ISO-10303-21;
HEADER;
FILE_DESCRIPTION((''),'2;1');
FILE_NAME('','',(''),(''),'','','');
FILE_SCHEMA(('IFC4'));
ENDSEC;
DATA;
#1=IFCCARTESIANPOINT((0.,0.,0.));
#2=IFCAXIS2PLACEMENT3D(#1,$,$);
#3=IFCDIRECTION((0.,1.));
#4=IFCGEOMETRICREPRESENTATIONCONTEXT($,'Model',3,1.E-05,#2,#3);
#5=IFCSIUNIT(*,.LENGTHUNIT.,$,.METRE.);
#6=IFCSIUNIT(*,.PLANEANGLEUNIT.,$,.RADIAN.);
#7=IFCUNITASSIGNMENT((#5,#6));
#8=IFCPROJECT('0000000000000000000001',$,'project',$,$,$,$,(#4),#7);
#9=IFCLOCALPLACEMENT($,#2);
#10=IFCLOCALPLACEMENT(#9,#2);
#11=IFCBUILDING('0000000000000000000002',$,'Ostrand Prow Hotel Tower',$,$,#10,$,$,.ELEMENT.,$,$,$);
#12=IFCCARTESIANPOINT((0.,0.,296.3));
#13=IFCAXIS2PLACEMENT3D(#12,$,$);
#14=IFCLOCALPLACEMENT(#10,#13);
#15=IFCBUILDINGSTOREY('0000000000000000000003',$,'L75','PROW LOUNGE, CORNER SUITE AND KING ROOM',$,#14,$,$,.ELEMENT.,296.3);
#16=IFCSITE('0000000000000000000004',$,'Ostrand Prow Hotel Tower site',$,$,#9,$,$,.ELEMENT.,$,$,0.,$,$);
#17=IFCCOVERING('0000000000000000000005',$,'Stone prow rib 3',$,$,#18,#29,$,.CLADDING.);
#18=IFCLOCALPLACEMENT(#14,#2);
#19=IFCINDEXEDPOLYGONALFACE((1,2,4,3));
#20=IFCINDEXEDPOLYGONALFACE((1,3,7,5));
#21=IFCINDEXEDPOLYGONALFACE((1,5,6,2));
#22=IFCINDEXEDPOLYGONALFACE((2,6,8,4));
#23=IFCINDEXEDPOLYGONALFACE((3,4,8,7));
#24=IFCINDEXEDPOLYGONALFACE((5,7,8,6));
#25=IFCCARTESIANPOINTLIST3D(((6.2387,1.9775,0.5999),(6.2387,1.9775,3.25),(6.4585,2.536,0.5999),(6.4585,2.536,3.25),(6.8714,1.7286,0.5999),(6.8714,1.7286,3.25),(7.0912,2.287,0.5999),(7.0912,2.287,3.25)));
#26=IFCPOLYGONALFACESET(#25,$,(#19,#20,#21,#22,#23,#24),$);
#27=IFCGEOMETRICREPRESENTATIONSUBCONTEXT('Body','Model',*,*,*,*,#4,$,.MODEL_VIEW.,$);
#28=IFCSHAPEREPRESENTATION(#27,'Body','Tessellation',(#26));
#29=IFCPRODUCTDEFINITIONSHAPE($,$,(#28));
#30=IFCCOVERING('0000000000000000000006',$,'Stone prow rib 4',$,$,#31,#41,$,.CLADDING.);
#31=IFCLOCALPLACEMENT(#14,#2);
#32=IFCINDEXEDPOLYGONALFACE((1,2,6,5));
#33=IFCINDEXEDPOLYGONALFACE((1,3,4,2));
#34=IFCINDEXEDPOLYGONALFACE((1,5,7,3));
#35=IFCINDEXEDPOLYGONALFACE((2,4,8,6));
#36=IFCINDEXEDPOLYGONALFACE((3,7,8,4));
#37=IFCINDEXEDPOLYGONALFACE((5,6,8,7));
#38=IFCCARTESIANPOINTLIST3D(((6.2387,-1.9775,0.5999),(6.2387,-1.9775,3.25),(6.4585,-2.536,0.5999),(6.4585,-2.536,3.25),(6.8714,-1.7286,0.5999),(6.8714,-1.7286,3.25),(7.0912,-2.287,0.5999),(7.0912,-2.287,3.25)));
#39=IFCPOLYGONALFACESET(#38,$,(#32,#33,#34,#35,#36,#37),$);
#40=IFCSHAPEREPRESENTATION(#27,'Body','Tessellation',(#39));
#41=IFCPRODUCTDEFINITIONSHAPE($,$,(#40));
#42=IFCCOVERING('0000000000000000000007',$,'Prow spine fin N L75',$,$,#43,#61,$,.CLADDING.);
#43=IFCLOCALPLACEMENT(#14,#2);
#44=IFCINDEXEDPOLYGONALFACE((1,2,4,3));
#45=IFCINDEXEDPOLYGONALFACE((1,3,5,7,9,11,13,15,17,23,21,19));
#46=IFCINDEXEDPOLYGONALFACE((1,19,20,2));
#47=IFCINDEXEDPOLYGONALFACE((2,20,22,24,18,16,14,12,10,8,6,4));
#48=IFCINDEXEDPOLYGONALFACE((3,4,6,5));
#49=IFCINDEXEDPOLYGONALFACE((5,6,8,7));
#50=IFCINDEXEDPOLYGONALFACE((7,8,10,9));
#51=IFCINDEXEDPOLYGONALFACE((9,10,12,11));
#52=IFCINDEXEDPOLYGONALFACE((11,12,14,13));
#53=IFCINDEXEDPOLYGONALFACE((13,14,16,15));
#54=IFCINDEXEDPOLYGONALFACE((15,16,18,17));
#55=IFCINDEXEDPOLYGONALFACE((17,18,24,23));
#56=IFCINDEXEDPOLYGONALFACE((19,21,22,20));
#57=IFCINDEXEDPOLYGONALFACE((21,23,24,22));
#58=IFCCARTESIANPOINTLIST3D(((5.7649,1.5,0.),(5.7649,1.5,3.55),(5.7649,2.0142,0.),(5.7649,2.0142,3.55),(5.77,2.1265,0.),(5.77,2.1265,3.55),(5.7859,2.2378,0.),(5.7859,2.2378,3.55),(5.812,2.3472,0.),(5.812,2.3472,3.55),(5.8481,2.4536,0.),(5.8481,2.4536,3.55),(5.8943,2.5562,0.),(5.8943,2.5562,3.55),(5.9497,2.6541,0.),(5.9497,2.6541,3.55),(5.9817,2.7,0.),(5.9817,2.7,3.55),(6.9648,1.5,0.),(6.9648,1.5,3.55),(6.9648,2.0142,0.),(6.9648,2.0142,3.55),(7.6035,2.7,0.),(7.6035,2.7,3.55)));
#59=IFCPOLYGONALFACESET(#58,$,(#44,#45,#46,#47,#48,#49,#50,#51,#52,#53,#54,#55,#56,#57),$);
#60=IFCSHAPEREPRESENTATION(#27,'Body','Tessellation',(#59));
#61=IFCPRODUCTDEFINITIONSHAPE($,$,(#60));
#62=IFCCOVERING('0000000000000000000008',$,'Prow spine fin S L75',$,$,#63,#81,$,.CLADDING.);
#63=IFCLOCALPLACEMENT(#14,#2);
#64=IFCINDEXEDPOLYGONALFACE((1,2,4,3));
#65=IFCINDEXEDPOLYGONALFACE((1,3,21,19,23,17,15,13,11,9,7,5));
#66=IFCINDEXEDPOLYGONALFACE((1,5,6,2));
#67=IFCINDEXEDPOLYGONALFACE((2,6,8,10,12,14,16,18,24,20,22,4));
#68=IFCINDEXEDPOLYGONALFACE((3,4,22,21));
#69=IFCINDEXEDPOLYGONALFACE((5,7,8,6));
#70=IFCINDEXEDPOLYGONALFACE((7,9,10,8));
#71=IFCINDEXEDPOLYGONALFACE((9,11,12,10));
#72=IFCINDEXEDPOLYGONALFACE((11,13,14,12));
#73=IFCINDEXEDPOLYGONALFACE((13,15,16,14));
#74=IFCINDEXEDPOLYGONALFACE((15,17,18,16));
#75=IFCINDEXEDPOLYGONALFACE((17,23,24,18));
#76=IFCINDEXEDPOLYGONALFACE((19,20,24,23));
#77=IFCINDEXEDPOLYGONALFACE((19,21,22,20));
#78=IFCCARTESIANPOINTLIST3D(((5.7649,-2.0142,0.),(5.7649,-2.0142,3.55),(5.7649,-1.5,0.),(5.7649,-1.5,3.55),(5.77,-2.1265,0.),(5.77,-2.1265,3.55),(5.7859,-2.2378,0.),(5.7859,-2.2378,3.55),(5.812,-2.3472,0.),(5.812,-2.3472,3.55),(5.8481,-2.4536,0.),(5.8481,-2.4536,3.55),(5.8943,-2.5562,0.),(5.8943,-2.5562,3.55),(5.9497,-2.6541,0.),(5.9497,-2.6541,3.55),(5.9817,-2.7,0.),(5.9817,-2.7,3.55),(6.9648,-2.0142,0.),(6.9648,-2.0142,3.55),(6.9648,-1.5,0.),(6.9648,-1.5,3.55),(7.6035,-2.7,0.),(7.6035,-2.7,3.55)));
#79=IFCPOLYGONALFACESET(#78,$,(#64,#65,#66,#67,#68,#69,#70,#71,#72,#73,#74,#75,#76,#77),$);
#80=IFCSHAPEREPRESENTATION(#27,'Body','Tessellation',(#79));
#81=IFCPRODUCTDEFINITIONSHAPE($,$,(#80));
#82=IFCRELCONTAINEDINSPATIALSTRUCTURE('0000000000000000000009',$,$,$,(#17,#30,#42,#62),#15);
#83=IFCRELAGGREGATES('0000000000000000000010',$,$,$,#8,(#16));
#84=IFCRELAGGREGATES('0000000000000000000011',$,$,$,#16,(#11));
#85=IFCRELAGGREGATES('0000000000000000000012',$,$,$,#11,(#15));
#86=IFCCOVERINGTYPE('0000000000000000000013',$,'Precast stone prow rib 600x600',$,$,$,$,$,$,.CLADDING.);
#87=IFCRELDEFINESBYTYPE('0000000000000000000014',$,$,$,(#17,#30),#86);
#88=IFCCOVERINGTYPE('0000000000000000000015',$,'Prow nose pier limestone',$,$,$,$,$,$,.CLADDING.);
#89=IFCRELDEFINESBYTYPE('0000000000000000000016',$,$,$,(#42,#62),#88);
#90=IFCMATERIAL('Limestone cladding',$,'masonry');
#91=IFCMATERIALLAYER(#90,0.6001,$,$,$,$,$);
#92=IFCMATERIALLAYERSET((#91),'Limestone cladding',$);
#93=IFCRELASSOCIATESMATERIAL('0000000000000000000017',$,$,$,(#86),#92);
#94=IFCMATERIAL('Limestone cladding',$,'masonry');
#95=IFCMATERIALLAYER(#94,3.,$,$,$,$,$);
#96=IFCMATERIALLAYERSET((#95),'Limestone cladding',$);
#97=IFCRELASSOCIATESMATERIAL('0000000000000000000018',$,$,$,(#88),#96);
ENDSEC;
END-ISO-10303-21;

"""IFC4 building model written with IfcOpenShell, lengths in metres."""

from ifc_helpers import new_model, si_unit, direction, frame, frame_2d, origin, place, context, subcontext, project, spatial, polyline, rectangle, outline, extrude, material, layer, layer_set, type_object, element, save


model = new_model("IFC4")

# Units and contexts
model_context = context("Model", 3, precision=1e-05, world=origin(), true_north=direction((0.0, 1.0)))
body_context = subcontext(model_context, "Body", "Model", "MODEL_VIEW")
ifc_project = project(units=[si_unit("LENGTHUNIT", "METRE"), si_unit("PLANEANGLEUNIT", "RADIAN")], contexts=[model_context])

# Site, building, storey
site_placement = place(None, origin())
site = spatial("IfcSite", under=ifc_project, at=site_placement, Name="Ostrand Prow Hotel Tower site", CompositionType="ELEMENT", RefElevation=0.0)
building_placement = place(site_placement, origin())
building = spatial("IfcBuilding", under=site, at=building_placement, Name="Ostrand Prow Hotel Tower", CompositionType="ELEMENT")
storey_placement = place(building_placement, frame((0.0, 0.0, 296.3)))
storey = spatial("IfcBuildingStorey", under=building, at=storey_placement, Name="L75", Description="PROW LOUNGE, CORNER SUITE AND KING ROOM", CompositionType="ELEMENT", Elevation=296.3)

# Coverings
ifc_material_1 = material(Name="Limestone cladding", Category="masonry")
ifc_layer_1 = layer(ifc_material_1, 0.6001)
ifc_layer_set_1 = layer_set([ifc_layer_1], Name="Limestone cladding")
covering_type_1 = type_object("IfcCoveringType", Name="Precast stone prow rib 600x600", PredefinedType="CLADDING", material=ifc_layer_set_1)
for number, where, z_axis, x_axis, name in (
    (1, (6.9812, 2.0078, 0.5999), (0.0, 0.0, 1.0), (-0.930542, 0.366185, 0.0), "Stone prow rib 3"),
    (2, (6.9812, -2.0078, 0.5999), (0.0, 0.0, 1.0), (-0.930542, -0.366185, 0.0), "Stone prow rib 4"),
):
    element("IfcCovering", number, at=place(storey_placement, frame(where, z_axis=z_axis, x_axis=x_axis)), inside=storey, type_object=covering_type_1, Name=name, PredefinedType="CLADDING", context=body_context, shape_type="SweptSolid", body=[
        extrude(rectangle(XDim=0.6799, YDim=0.6001, at=frame_2d((0.3398, 0.0))), origin(), (0.0, 0.0, 1.0), 2.6501),
    ])
ifc_material_2 = material(Name="Limestone cladding", Category="masonry")
ifc_layer_2 = layer(ifc_material_2, 3.0)
ifc_layer_set_2 = layer_set([ifc_layer_2], Name="Limestone cladding")
covering_type_2 = type_object("IfcCoveringType", Name="Prow nose pier limestone", PredefinedType="CLADDING", material=ifc_layer_set_2)
covering_1_placement = place(storey_placement, origin())
element("IfcCovering", 3, at=covering_1_placement, inside=storey, type_object=covering_type_2, Name="Prow spine fin N L75", PredefinedType="CLADDING", context=body_context, shape_type="SweptSolid", body=[
    extrude(outline(polyline([(5.7649, 2.0142), (5.7649, 1.5), (6.9648, 1.5), (6.9648, 2.0142), (7.6035, 2.7), (5.9817, 2.7), (5.9497, 2.6541), (5.8943, 2.5562), (5.8481, 2.4536), (5.812, 2.3472), (5.7859, 2.2378), (5.77, 2.1265), (5.7649, 2.0142)])), origin(), (0.0, 0.0, 1.0), 3.55),
])
covering_2_placement = place(storey_placement, origin())
element("IfcCovering", 4, at=covering_2_placement, inside=storey, type_object=covering_type_2, Name="Prow spine fin S L75", PredefinedType="CLADDING", context=body_context, shape_type="SweptSolid", body=[
    extrude(outline(polyline([(5.9497, -2.6541), (5.9817, -2.7), (7.6035, -2.7), (6.9648, -2.0142), (6.9648, -1.5), (5.7649, -1.5), (5.7649, -2.0142), (5.77, -2.1265), (5.7859, -2.2378), (5.812, -2.3472), (5.8481, -2.4536), (5.8943, -2.5562), (5.9497, -2.6541)])), origin(), (0.0, 0.0, 1.0), 3.55),
])

save(model, "model.ifc")
